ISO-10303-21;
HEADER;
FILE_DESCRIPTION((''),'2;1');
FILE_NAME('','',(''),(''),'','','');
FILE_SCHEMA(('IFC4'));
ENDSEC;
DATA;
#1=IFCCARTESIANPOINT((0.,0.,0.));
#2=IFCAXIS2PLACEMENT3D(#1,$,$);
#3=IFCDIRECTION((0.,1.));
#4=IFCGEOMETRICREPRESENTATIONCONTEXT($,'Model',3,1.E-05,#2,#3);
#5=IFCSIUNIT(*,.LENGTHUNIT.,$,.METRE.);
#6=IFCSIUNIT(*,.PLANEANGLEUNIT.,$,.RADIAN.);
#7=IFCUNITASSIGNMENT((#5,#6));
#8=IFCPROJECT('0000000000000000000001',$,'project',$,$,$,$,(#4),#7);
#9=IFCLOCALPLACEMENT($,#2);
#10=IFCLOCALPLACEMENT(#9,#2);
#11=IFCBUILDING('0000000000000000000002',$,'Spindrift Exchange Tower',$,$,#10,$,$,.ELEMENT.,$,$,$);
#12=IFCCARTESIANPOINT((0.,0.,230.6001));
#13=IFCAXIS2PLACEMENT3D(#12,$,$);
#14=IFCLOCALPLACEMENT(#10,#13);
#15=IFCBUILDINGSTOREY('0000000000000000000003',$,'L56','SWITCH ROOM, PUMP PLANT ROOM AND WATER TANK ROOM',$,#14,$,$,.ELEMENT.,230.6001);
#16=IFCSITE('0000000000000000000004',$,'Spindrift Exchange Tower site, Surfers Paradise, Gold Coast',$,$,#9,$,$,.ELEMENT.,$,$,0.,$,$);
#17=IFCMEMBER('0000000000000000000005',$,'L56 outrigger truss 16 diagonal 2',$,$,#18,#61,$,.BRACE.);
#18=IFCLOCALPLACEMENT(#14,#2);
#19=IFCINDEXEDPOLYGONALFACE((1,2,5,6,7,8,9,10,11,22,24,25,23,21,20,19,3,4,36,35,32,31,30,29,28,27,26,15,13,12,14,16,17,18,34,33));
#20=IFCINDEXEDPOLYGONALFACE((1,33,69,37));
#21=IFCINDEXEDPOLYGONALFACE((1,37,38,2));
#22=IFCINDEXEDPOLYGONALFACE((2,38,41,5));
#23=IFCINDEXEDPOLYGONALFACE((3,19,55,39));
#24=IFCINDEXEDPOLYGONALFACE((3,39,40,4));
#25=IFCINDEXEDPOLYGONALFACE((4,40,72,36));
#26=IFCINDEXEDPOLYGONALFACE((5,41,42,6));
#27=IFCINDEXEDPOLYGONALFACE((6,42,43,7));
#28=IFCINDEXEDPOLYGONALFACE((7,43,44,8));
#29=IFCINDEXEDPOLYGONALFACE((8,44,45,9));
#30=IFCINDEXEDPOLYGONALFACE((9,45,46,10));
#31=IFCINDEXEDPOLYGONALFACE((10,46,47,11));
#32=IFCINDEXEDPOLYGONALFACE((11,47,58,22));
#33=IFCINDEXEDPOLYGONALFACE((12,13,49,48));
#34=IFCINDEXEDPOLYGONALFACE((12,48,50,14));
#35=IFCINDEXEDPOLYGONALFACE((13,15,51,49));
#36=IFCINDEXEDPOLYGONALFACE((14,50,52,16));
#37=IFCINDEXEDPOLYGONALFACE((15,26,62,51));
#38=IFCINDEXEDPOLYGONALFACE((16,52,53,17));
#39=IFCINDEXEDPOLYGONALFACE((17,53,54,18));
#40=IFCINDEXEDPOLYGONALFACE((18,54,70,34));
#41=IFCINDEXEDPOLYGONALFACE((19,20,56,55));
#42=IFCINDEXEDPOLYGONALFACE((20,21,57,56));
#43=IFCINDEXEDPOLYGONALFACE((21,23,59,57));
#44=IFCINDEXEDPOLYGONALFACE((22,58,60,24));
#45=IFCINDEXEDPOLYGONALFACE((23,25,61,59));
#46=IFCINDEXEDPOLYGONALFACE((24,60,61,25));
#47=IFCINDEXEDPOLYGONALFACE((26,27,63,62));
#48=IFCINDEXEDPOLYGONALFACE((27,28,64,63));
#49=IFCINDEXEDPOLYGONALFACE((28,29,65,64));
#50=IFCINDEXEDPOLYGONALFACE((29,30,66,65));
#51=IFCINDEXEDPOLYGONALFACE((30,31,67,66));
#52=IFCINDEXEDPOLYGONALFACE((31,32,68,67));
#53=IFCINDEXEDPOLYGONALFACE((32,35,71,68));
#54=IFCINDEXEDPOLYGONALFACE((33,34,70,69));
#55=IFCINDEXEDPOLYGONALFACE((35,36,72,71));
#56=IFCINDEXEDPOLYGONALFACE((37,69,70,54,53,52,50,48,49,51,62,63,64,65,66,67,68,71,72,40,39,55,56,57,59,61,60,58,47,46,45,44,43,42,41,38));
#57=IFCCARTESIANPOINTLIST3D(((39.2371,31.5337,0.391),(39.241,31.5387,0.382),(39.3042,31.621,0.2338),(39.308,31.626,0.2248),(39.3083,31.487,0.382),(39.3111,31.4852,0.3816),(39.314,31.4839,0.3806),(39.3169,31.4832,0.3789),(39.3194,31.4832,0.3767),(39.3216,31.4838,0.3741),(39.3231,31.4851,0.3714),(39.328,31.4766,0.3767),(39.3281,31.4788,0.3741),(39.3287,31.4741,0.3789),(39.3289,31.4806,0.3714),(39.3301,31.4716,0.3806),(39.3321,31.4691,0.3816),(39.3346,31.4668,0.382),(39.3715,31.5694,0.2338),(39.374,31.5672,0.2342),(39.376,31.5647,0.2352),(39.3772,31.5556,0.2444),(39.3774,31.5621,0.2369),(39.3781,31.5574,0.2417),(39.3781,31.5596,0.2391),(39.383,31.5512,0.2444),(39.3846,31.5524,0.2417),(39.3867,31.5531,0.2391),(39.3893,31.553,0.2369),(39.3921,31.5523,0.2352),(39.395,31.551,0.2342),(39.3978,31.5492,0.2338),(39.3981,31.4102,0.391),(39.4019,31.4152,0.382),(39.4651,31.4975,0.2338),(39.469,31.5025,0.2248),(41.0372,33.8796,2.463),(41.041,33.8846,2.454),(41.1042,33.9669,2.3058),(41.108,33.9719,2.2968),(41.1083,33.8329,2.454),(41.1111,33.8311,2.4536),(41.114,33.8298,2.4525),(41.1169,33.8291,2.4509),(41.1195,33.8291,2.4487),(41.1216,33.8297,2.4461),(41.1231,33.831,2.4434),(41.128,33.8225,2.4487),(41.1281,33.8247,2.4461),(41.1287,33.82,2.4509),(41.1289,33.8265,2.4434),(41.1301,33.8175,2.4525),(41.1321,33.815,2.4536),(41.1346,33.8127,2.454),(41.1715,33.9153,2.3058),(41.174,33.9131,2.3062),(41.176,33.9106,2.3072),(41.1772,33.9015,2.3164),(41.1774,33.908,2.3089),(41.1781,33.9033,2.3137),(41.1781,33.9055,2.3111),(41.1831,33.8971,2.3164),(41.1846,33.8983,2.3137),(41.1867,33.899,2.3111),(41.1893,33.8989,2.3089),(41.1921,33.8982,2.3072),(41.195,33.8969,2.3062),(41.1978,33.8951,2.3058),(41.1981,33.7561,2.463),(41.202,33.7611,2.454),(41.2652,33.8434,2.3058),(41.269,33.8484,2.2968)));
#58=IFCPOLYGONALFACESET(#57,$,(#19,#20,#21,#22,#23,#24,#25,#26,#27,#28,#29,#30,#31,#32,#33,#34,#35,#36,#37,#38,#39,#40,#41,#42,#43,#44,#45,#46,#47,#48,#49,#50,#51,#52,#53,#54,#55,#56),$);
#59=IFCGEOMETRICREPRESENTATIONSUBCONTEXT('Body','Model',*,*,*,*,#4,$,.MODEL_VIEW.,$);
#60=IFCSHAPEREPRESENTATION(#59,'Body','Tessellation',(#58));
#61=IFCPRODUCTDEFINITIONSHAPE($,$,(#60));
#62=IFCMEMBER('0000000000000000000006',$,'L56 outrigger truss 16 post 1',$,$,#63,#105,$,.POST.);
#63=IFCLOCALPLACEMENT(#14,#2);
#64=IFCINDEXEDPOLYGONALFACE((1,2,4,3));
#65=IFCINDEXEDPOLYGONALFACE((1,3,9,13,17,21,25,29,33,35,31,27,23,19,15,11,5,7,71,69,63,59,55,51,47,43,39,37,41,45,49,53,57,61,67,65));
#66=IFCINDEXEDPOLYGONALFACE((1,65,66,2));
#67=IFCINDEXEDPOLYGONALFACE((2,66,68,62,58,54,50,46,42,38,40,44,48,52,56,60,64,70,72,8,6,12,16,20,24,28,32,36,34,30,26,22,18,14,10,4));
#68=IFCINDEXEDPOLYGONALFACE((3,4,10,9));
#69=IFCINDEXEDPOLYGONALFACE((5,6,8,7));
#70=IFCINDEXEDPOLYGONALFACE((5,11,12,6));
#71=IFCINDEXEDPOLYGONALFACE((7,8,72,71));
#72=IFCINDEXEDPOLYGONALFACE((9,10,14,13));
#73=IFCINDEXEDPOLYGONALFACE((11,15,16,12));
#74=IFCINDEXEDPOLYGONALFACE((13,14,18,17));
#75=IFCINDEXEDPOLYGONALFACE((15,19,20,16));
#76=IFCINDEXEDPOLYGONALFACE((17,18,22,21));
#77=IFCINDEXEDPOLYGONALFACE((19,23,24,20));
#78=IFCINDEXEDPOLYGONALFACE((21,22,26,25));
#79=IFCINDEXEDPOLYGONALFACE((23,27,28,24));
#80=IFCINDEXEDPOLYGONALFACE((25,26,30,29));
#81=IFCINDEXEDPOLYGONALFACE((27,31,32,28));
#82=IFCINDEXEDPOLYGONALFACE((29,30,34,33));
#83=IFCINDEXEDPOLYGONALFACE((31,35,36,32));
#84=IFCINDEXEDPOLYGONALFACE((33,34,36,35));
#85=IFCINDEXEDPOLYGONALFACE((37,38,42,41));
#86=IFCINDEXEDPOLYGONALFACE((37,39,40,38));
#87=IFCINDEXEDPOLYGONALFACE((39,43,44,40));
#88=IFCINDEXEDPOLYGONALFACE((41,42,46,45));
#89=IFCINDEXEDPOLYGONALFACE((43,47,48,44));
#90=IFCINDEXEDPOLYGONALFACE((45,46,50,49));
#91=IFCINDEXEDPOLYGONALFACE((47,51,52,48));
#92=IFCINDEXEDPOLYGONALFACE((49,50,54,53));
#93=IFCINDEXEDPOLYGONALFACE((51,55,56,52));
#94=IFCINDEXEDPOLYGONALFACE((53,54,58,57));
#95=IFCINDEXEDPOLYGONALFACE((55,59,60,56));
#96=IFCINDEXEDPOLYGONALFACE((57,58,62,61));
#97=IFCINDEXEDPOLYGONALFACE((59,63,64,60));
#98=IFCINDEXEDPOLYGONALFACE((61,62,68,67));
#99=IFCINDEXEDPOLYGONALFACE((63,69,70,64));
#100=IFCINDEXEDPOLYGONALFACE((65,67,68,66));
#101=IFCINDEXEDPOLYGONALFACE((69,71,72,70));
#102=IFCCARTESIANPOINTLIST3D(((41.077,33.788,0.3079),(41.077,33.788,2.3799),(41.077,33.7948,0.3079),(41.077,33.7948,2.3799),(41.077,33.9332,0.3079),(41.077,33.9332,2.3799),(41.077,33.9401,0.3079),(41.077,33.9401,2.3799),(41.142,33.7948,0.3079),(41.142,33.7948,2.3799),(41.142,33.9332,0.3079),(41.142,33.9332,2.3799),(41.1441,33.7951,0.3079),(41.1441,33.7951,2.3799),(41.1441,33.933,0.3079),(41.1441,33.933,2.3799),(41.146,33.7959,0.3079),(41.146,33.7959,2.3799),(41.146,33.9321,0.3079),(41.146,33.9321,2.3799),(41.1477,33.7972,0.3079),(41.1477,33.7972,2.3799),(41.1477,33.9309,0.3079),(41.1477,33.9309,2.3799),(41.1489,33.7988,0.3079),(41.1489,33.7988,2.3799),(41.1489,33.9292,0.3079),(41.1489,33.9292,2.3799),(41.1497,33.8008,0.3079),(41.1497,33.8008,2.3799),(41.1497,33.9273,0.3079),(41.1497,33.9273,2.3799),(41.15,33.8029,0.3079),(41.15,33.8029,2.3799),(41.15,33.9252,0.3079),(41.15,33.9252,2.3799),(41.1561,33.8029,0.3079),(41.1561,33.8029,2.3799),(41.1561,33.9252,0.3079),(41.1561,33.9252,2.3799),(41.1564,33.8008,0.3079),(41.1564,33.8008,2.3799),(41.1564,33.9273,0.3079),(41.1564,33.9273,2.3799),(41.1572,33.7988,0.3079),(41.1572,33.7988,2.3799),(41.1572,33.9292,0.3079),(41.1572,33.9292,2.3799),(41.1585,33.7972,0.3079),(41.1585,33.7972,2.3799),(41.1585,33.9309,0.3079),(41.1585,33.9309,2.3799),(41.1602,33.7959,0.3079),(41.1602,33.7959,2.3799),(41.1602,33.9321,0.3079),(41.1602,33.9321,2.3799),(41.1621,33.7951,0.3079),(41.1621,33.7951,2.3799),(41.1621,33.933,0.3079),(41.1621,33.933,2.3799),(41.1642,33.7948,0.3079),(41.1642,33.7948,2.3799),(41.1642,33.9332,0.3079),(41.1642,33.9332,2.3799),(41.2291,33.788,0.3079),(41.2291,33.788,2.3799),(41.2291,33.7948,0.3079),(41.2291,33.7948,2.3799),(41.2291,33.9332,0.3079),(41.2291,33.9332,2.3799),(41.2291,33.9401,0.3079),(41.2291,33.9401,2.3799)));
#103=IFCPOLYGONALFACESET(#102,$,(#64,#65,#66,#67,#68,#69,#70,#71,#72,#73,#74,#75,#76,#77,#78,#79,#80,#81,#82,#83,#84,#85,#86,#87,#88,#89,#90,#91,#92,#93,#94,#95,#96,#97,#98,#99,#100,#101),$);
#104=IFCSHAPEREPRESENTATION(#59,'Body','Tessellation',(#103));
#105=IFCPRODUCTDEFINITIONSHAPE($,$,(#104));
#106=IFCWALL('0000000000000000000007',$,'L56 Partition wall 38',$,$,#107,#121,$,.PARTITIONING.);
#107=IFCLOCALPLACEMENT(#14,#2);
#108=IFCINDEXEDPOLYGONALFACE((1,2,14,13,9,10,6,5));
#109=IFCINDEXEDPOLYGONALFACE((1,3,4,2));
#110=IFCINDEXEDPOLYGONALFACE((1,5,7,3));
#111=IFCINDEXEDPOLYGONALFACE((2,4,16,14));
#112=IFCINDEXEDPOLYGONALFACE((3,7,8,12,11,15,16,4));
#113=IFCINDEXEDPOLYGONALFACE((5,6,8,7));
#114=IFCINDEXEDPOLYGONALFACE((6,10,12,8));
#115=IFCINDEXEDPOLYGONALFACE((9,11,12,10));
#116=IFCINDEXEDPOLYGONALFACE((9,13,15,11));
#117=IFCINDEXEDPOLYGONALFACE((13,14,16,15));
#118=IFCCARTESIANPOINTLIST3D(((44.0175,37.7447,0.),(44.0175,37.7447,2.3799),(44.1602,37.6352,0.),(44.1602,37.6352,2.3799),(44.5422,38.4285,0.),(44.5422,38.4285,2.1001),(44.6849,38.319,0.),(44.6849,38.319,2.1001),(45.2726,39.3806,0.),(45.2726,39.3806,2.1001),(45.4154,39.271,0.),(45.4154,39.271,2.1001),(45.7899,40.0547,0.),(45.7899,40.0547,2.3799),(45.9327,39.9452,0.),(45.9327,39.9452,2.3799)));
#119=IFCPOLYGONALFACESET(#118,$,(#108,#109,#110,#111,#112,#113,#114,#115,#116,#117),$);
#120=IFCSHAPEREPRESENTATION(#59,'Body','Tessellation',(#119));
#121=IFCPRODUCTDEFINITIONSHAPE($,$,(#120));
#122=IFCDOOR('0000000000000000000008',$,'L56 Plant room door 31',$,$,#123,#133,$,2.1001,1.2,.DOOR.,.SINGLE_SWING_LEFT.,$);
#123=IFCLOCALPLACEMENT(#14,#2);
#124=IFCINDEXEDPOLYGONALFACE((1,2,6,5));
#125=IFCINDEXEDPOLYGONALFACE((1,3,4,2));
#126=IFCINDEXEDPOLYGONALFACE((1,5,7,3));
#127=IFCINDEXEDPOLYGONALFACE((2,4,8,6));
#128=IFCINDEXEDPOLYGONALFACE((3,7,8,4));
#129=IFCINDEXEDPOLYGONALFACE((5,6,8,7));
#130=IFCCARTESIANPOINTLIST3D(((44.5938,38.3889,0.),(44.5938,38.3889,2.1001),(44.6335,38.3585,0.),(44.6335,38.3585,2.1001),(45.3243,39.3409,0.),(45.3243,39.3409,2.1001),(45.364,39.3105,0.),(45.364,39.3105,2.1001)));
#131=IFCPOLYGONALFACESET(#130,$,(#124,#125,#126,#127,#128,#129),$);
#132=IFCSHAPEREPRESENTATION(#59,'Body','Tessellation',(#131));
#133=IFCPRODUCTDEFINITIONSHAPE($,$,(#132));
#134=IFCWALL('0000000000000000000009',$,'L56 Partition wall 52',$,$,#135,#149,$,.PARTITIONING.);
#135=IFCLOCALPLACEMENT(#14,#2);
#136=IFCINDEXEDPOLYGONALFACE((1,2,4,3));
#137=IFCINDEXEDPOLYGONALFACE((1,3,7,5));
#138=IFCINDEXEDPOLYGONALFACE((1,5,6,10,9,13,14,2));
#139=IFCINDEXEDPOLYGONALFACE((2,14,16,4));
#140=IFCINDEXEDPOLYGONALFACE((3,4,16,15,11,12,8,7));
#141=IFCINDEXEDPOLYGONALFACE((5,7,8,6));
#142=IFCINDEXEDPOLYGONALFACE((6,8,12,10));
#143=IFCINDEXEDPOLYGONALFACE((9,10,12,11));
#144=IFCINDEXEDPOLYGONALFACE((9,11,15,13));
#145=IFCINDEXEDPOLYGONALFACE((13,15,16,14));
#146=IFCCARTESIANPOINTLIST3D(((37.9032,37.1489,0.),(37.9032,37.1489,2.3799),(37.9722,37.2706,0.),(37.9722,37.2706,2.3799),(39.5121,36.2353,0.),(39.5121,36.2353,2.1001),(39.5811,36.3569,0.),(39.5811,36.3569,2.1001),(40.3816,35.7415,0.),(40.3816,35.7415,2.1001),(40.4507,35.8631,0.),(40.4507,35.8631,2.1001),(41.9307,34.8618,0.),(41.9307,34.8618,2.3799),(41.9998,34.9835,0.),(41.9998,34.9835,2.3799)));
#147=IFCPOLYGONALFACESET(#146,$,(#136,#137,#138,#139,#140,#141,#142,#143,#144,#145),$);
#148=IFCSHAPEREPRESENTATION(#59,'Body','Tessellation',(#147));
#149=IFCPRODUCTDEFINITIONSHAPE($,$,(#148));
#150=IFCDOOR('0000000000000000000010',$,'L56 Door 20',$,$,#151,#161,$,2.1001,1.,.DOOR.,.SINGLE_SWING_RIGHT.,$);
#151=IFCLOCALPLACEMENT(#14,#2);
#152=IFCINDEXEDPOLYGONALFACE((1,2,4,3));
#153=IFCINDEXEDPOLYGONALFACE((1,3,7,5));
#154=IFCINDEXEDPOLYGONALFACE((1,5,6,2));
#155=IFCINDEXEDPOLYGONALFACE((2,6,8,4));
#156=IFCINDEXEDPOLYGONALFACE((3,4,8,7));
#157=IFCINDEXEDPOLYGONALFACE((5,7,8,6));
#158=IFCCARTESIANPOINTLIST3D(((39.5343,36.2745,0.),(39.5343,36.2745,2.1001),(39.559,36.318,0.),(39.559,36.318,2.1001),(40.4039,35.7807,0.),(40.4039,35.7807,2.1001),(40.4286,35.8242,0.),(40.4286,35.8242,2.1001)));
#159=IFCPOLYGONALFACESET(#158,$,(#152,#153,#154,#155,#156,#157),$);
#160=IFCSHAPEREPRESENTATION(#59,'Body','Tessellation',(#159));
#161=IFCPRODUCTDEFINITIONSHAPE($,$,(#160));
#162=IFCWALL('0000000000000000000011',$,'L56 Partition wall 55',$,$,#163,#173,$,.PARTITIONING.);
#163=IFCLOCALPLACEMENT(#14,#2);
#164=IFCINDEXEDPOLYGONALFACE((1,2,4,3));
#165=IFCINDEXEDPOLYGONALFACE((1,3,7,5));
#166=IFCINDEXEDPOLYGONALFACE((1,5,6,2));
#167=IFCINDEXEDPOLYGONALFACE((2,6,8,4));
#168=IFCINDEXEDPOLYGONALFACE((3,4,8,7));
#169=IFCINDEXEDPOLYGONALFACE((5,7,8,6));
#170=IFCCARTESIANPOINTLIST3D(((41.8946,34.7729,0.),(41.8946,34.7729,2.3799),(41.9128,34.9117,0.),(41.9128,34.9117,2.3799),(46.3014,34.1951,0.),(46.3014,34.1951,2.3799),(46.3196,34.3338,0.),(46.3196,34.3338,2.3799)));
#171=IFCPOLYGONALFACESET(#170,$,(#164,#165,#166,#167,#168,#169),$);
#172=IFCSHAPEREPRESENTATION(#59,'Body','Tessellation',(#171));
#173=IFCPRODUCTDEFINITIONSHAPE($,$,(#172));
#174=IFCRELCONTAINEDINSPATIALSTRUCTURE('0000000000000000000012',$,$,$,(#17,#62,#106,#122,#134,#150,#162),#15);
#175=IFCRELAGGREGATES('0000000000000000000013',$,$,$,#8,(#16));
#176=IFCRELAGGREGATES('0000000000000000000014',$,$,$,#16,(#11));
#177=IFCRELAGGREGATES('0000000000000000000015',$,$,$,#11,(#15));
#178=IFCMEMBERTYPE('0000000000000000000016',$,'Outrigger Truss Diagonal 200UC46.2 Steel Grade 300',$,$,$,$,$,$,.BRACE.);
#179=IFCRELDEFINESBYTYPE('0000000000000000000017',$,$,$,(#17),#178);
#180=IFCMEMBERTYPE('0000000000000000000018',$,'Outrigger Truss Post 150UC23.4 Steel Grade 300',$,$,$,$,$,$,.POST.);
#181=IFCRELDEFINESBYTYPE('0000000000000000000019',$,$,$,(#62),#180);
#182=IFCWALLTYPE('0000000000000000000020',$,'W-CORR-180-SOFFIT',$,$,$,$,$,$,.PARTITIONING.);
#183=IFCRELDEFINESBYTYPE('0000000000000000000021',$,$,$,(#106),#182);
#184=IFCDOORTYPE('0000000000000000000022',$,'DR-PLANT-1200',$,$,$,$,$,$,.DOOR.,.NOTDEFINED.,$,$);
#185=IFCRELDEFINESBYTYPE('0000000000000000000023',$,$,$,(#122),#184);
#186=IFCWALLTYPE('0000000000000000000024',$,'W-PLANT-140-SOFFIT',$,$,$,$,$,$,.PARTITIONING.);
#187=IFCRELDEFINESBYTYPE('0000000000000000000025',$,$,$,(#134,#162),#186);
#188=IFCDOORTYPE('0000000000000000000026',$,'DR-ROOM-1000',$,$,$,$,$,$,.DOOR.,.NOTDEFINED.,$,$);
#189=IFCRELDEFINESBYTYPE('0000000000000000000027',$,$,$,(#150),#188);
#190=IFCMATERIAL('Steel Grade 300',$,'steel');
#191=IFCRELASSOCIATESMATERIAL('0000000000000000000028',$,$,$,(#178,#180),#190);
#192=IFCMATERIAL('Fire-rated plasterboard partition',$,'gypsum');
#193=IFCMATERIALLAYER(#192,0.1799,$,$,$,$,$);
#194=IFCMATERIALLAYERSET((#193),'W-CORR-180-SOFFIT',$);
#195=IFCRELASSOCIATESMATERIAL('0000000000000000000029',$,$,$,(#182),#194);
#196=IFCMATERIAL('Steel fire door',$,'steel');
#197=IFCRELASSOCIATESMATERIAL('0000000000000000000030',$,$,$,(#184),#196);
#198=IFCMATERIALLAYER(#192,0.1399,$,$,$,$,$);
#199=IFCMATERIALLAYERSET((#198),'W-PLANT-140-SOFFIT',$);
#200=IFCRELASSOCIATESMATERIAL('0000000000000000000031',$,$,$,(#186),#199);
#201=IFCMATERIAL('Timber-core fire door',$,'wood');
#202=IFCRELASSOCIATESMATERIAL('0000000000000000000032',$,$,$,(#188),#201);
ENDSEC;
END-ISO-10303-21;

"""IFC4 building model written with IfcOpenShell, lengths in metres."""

from ifc_helpers import new_model, si_unit, direction, frame, frame_2d, origin, origin_2d, place, context, subcontext, project, spatial, rectangle, i_section, extrude, source, transform, mapped, material, layer, layer_set, material_profile, profile_set, type_object, element, fill, save


model = new_model("IFC4")

# Units and contexts
model_context = context("Model", 3, precision=1e-05, world=origin(), true_north=direction((0.0, 1.0)))
body_context = subcontext(model_context, "Body", "Model", "MODEL_VIEW")
ifc_project = project(units=[si_unit("LENGTHUNIT", "METRE"), si_unit("PLANEANGLEUNIT", "RADIAN")], contexts=[model_context])

# Site, building, storey
site_placement = place(None, origin())
site = spatial("IfcSite", under=ifc_project, at=site_placement, Name="Spindrift Exchange Tower site, Surfers Paradise, Gold Coast", CompositionType="ELEMENT", RefElevation=0.0)
building_placement = place(site_placement, origin())
building = spatial("IfcBuilding", under=site, at=building_placement, Name="Spindrift Exchange Tower", CompositionType="ELEMENT")
storey_placement = place(building_placement, frame((0.0, 0.0, 230.6001)))
storey = spatial("IfcBuildingStorey", under=building, at=storey_placement, Name="L56", Description="SWITCH ROOM, PUMP PLANT ROOM AND WATER TANK ROOM", CompositionType="ELEMENT", Elevation=230.6001)

# Shared definitions
ifc_material_1 = material(Name="Steel Grade 300", Category="steel")

# Members
ifc_material_profile_1 = material_profile(ifc_material_1, i_section(OverallWidth=0.2029, OverallDepth=0.2029, WebThickness=0.0073, FlangeThickness=0.011, FilletRadius=0.0129, at=origin_2d()), Name="200UC46.2")
ifc_profile_set_1 = profile_set([ifc_material_profile_1], Name="Steel Grade 300")
member_type_1 = type_object("IfcMemberType", Name="Outrigger Truss Diagonal 200UC46.2 Steel Grade 300", PredefinedType="BRACE", material=ifc_profile_set_1)
shared_shape_1 = source(origin(), body_context, "Body", "SweptSolid", [
    extrude(i_section(OverallWidth=0.2029, OverallDepth=0.2029, WebThickness=0.0073, FlangeThickness=0.011, FilletRadius=0.0129, at=origin_2d()), origin(), (0.0, 0.0, 1.0), 3.6106),
])
member_1_placement = place(storey_placement, frame((41.1531, 33.864, 2.3799), z_axis=(-0.498536, -0.649727, -0.573861), x_axis=(0.793363, -0.608749, 0.0)))
element("IfcMember", 1, at=member_1_placement, inside=storey, type_object=member_type_1, Name="L56 outrigger truss 16 diagonal 2", PredefinedType="BRACE", context=body_context, shape_type="MappedRepresentation", body=[
    mapped(shared_shape_1, transform((0.0, 0.0, 0.0), scale=1.0)),
])
ifc_material_profile_2 = material_profile(ifc_material_1, i_section(OverallWidth=0.1521, OverallDepth=0.1521, WebThickness=0.0061, FlangeThickness=0.0068, FilletRadius=0.0081, at=origin_2d()), Name="150UC23.4")
ifc_profile_set_2 = profile_set([ifc_material_profile_2], Name="Steel Grade 300")
member_type_2 = type_object("IfcMemberType", Name="Outrigger Truss Post 150UC23.4 Steel Grade 300", PredefinedType="POST", material=ifc_profile_set_2)
shared_shape_2 = source(origin(), body_context, "Body", "SweptSolid", [
    extrude(i_section(OverallWidth=0.1521, OverallDepth=0.1521, WebThickness=0.0061, FlangeThickness=0.0068, FilletRadius=0.0081, at=origin_2d()), origin(), (0.0, 0.0, 1.0), 2.072),
])
member_2_placement = place(storey_placement, frame((41.1531, 33.864, 0.3079), z_axis=(0.0, 0.0, 1.0), x_axis=(1.0, 0.0, 0.0)))
element("IfcMember", 2, at=member_2_placement, inside=storey, type_object=member_type_2, Name="L56 outrigger truss 16 post 1", PredefinedType="POST", context=body_context, shape_type="MappedRepresentation", body=[
    mapped(shared_shape_2, transform((0.0, 0.0, 0.0), scale=1.0)),
])

# Walls, openings, doors
ifc_material_2 = material(Name="Fire-rated plasterboard partition", Category="gypsum")
ifc_layer_1 = layer(ifc_material_2, 0.1799)
ifc_layer_set_1 = layer_set([ifc_layer_1], Name="W-CORR-180-SOFFIT")
wall_type_1 = type_object("IfcWallType", Name="W-CORR-180-SOFFIT", PredefinedType="PARTITIONING", material=ifc_layer_set_1)
wall_1_placement = place(storey_placement, frame((44.0889, 37.6899, 0.0), z_axis=(0.0, 0.0, 1.0), x_axis=(0.608738, 0.793371, 0.0)))
wall_1 = element("IfcWall", 3, at=wall_1_placement, inside=storey, type_object=wall_type_1, Name="L56 Partition wall 38", PredefinedType="PARTITIONING", context=body_context, shape_type="SweptSolid", body=[
    extrude(rectangle(XDim=2.9116, YDim=0.1799, at=frame_2d((1.4558, 0.0))), origin(), (0.0, 0.0, 1.0), 2.3799),
])
opening_1_placement = place(wall_1_placement, frame((0.8618, 0.0, 0.0)))
opening_1 = element("IfcOpeningElement", 4, at=opening_1_placement, cuts=wall_1, PredefinedType="OPENING", context=body_context, shape_type="SweptSolid", body=[
    extrude(rectangle(XDim=1.2, YDim=2.1001, at=frame_2d((0.6001, 1.05))), frame((0.0, 0.0999, 0.0), z_axis=(0.0, -1.0, 0.0), x_axis=(1.0, 0.0, 0.0)), (0.0, 0.0, 1.0), 0.2),
])
ifc_material_3 = material(Name="Steel fire door", Category="steel")
door_type_1 = type_object("IfcDoorType", Name="DR-PLANT-1200", OperationType="NOTDEFINED", PredefinedType="DOOR", material=ifc_material_3)
shared_shape_3 = source(origin(), body_context, "Body", "SweptSolid", [
    extrude(rectangle(XDim=1.2, YDim=2.1001, at=frame_2d((0.6001, 1.05))), frame((0.0, 0.0249, 0.0), z_axis=(0.0, -1.0, 0.0), x_axis=(1.0, 0.0, 0.0)), (0.0, 0.0, 1.0), 0.05),
])
door_1_placement = place(opening_1_placement, origin())
door_1 = element("IfcDoor", 5, at=door_1_placement, inside=storey, type_object=door_type_1, Name="L56 Plant room door 31", OperationType="SINGLE_SWING_LEFT", OverallHeight=2.1001, OverallWidth=1.2, PredefinedType="DOOR", context=body_context, shape_type="MappedRepresentation", body=[
    mapped(shared_shape_3, transform((0.0, 0.0, 0.0), scale=1.0)),
])
fill(opening_1, door_1)
ifc_layer_2 = layer(ifc_material_2, 0.1399)
ifc_layer_set_2 = layer_set([ifc_layer_2], Name="W-PLANT-140-SOFFIT")
wall_type_2 = type_object("IfcWallType", Name="W-PLANT-140-SOFFIT", PredefinedType="PARTITIONING", material=ifc_layer_set_2)
wall_2_placement = place(storey_placement, frame((41.9653, 34.9226, 0.0), z_axis=(0.0, 0.0, 1.0), x_axis=(-0.869576, 0.493798, 0.0)))
wall_2 = element("IfcWall", 6, at=wall_2_placement, inside=storey, type_object=wall_type_2, Name="L56 Partition wall 52", PredefinedType="PARTITIONING", context=body_context, shape_type="SweptSolid", body=[
    extrude(rectangle(XDim=4.6316, YDim=0.1399, at=frame_2d((2.3159, 0.0))), origin(), (0.0, 0.0, 1.0), 2.3799),
])
opening_2_placement = place(wall_2_placement, frame((1.7815, 0.0, 0.0)))
opening_2 = element("IfcOpeningElement", 7, at=opening_2_placement, cuts=wall_2, PredefinedType="OPENING", context=body_context, shape_type="SweptSolid", body=[
    extrude(rectangle(XDim=1.0, YDim=2.1001, at=frame_2d((0.5, 1.05))), frame((0.0, 0.0798, 0.0), z_axis=(0.0, -1.0, 0.0), x_axis=(1.0, 0.0, 0.0)), (0.0, 0.0, 1.0), 0.1599),
])
ifc_material_4 = material(Name="Timber-core fire door", Category="wood")
door_type_2 = type_object("IfcDoorType", Name="DR-ROOM-1000", OperationType="NOTDEFINED", PredefinedType="DOOR", material=ifc_material_4)
shared_shape_4 = source(origin(), body_context, "Body", "SweptSolid", [
    extrude(rectangle(XDim=1.0, YDim=2.1001, at=frame_2d((0.5, 1.05))), frame((0.0, 0.0249, 0.0), z_axis=(0.0, -1.0, 0.0), x_axis=(1.0, 0.0, 0.0)), (0.0, 0.0, 1.0), 0.05),
])
door_2_placement = place(opening_2_placement, origin())
door_2 = element("IfcDoor", 8, at=door_2_placement, inside=storey, type_object=door_type_2, Name="L56 Door 20", OperationType="SINGLE_SWING_RIGHT", OverallHeight=2.1001, OverallWidth=1.0, PredefinedType="DOOR", context=body_context, shape_type="MappedRepresentation", body=[
    mapped(shared_shape_4, transform((0.0, 0.0, 0.0), scale=1.0)),
])
fill(opening_2, door_2)

# Wall
wall_3_placement = place(storey_placement, frame((41.9038, 34.8423, 0.0), z_axis=(0.0, 0.0, 1.0), x_axis=(0.991511, -0.130023, 0.0)))
element("IfcWall", 9, at=wall_3_placement, inside=storey, type_object=wall_type_2, Name="L56 Partition wall 55", PredefinedType="PARTITIONING", context=body_context, shape_type="SweptSolid", body=[
    extrude(rectangle(XDim=4.4446, YDim=0.1399, at=frame_2d((2.2222, 0.0))), origin(), (0.0, 0.0, 1.0), 2.3799),
])

save(model, "model.ifc")
